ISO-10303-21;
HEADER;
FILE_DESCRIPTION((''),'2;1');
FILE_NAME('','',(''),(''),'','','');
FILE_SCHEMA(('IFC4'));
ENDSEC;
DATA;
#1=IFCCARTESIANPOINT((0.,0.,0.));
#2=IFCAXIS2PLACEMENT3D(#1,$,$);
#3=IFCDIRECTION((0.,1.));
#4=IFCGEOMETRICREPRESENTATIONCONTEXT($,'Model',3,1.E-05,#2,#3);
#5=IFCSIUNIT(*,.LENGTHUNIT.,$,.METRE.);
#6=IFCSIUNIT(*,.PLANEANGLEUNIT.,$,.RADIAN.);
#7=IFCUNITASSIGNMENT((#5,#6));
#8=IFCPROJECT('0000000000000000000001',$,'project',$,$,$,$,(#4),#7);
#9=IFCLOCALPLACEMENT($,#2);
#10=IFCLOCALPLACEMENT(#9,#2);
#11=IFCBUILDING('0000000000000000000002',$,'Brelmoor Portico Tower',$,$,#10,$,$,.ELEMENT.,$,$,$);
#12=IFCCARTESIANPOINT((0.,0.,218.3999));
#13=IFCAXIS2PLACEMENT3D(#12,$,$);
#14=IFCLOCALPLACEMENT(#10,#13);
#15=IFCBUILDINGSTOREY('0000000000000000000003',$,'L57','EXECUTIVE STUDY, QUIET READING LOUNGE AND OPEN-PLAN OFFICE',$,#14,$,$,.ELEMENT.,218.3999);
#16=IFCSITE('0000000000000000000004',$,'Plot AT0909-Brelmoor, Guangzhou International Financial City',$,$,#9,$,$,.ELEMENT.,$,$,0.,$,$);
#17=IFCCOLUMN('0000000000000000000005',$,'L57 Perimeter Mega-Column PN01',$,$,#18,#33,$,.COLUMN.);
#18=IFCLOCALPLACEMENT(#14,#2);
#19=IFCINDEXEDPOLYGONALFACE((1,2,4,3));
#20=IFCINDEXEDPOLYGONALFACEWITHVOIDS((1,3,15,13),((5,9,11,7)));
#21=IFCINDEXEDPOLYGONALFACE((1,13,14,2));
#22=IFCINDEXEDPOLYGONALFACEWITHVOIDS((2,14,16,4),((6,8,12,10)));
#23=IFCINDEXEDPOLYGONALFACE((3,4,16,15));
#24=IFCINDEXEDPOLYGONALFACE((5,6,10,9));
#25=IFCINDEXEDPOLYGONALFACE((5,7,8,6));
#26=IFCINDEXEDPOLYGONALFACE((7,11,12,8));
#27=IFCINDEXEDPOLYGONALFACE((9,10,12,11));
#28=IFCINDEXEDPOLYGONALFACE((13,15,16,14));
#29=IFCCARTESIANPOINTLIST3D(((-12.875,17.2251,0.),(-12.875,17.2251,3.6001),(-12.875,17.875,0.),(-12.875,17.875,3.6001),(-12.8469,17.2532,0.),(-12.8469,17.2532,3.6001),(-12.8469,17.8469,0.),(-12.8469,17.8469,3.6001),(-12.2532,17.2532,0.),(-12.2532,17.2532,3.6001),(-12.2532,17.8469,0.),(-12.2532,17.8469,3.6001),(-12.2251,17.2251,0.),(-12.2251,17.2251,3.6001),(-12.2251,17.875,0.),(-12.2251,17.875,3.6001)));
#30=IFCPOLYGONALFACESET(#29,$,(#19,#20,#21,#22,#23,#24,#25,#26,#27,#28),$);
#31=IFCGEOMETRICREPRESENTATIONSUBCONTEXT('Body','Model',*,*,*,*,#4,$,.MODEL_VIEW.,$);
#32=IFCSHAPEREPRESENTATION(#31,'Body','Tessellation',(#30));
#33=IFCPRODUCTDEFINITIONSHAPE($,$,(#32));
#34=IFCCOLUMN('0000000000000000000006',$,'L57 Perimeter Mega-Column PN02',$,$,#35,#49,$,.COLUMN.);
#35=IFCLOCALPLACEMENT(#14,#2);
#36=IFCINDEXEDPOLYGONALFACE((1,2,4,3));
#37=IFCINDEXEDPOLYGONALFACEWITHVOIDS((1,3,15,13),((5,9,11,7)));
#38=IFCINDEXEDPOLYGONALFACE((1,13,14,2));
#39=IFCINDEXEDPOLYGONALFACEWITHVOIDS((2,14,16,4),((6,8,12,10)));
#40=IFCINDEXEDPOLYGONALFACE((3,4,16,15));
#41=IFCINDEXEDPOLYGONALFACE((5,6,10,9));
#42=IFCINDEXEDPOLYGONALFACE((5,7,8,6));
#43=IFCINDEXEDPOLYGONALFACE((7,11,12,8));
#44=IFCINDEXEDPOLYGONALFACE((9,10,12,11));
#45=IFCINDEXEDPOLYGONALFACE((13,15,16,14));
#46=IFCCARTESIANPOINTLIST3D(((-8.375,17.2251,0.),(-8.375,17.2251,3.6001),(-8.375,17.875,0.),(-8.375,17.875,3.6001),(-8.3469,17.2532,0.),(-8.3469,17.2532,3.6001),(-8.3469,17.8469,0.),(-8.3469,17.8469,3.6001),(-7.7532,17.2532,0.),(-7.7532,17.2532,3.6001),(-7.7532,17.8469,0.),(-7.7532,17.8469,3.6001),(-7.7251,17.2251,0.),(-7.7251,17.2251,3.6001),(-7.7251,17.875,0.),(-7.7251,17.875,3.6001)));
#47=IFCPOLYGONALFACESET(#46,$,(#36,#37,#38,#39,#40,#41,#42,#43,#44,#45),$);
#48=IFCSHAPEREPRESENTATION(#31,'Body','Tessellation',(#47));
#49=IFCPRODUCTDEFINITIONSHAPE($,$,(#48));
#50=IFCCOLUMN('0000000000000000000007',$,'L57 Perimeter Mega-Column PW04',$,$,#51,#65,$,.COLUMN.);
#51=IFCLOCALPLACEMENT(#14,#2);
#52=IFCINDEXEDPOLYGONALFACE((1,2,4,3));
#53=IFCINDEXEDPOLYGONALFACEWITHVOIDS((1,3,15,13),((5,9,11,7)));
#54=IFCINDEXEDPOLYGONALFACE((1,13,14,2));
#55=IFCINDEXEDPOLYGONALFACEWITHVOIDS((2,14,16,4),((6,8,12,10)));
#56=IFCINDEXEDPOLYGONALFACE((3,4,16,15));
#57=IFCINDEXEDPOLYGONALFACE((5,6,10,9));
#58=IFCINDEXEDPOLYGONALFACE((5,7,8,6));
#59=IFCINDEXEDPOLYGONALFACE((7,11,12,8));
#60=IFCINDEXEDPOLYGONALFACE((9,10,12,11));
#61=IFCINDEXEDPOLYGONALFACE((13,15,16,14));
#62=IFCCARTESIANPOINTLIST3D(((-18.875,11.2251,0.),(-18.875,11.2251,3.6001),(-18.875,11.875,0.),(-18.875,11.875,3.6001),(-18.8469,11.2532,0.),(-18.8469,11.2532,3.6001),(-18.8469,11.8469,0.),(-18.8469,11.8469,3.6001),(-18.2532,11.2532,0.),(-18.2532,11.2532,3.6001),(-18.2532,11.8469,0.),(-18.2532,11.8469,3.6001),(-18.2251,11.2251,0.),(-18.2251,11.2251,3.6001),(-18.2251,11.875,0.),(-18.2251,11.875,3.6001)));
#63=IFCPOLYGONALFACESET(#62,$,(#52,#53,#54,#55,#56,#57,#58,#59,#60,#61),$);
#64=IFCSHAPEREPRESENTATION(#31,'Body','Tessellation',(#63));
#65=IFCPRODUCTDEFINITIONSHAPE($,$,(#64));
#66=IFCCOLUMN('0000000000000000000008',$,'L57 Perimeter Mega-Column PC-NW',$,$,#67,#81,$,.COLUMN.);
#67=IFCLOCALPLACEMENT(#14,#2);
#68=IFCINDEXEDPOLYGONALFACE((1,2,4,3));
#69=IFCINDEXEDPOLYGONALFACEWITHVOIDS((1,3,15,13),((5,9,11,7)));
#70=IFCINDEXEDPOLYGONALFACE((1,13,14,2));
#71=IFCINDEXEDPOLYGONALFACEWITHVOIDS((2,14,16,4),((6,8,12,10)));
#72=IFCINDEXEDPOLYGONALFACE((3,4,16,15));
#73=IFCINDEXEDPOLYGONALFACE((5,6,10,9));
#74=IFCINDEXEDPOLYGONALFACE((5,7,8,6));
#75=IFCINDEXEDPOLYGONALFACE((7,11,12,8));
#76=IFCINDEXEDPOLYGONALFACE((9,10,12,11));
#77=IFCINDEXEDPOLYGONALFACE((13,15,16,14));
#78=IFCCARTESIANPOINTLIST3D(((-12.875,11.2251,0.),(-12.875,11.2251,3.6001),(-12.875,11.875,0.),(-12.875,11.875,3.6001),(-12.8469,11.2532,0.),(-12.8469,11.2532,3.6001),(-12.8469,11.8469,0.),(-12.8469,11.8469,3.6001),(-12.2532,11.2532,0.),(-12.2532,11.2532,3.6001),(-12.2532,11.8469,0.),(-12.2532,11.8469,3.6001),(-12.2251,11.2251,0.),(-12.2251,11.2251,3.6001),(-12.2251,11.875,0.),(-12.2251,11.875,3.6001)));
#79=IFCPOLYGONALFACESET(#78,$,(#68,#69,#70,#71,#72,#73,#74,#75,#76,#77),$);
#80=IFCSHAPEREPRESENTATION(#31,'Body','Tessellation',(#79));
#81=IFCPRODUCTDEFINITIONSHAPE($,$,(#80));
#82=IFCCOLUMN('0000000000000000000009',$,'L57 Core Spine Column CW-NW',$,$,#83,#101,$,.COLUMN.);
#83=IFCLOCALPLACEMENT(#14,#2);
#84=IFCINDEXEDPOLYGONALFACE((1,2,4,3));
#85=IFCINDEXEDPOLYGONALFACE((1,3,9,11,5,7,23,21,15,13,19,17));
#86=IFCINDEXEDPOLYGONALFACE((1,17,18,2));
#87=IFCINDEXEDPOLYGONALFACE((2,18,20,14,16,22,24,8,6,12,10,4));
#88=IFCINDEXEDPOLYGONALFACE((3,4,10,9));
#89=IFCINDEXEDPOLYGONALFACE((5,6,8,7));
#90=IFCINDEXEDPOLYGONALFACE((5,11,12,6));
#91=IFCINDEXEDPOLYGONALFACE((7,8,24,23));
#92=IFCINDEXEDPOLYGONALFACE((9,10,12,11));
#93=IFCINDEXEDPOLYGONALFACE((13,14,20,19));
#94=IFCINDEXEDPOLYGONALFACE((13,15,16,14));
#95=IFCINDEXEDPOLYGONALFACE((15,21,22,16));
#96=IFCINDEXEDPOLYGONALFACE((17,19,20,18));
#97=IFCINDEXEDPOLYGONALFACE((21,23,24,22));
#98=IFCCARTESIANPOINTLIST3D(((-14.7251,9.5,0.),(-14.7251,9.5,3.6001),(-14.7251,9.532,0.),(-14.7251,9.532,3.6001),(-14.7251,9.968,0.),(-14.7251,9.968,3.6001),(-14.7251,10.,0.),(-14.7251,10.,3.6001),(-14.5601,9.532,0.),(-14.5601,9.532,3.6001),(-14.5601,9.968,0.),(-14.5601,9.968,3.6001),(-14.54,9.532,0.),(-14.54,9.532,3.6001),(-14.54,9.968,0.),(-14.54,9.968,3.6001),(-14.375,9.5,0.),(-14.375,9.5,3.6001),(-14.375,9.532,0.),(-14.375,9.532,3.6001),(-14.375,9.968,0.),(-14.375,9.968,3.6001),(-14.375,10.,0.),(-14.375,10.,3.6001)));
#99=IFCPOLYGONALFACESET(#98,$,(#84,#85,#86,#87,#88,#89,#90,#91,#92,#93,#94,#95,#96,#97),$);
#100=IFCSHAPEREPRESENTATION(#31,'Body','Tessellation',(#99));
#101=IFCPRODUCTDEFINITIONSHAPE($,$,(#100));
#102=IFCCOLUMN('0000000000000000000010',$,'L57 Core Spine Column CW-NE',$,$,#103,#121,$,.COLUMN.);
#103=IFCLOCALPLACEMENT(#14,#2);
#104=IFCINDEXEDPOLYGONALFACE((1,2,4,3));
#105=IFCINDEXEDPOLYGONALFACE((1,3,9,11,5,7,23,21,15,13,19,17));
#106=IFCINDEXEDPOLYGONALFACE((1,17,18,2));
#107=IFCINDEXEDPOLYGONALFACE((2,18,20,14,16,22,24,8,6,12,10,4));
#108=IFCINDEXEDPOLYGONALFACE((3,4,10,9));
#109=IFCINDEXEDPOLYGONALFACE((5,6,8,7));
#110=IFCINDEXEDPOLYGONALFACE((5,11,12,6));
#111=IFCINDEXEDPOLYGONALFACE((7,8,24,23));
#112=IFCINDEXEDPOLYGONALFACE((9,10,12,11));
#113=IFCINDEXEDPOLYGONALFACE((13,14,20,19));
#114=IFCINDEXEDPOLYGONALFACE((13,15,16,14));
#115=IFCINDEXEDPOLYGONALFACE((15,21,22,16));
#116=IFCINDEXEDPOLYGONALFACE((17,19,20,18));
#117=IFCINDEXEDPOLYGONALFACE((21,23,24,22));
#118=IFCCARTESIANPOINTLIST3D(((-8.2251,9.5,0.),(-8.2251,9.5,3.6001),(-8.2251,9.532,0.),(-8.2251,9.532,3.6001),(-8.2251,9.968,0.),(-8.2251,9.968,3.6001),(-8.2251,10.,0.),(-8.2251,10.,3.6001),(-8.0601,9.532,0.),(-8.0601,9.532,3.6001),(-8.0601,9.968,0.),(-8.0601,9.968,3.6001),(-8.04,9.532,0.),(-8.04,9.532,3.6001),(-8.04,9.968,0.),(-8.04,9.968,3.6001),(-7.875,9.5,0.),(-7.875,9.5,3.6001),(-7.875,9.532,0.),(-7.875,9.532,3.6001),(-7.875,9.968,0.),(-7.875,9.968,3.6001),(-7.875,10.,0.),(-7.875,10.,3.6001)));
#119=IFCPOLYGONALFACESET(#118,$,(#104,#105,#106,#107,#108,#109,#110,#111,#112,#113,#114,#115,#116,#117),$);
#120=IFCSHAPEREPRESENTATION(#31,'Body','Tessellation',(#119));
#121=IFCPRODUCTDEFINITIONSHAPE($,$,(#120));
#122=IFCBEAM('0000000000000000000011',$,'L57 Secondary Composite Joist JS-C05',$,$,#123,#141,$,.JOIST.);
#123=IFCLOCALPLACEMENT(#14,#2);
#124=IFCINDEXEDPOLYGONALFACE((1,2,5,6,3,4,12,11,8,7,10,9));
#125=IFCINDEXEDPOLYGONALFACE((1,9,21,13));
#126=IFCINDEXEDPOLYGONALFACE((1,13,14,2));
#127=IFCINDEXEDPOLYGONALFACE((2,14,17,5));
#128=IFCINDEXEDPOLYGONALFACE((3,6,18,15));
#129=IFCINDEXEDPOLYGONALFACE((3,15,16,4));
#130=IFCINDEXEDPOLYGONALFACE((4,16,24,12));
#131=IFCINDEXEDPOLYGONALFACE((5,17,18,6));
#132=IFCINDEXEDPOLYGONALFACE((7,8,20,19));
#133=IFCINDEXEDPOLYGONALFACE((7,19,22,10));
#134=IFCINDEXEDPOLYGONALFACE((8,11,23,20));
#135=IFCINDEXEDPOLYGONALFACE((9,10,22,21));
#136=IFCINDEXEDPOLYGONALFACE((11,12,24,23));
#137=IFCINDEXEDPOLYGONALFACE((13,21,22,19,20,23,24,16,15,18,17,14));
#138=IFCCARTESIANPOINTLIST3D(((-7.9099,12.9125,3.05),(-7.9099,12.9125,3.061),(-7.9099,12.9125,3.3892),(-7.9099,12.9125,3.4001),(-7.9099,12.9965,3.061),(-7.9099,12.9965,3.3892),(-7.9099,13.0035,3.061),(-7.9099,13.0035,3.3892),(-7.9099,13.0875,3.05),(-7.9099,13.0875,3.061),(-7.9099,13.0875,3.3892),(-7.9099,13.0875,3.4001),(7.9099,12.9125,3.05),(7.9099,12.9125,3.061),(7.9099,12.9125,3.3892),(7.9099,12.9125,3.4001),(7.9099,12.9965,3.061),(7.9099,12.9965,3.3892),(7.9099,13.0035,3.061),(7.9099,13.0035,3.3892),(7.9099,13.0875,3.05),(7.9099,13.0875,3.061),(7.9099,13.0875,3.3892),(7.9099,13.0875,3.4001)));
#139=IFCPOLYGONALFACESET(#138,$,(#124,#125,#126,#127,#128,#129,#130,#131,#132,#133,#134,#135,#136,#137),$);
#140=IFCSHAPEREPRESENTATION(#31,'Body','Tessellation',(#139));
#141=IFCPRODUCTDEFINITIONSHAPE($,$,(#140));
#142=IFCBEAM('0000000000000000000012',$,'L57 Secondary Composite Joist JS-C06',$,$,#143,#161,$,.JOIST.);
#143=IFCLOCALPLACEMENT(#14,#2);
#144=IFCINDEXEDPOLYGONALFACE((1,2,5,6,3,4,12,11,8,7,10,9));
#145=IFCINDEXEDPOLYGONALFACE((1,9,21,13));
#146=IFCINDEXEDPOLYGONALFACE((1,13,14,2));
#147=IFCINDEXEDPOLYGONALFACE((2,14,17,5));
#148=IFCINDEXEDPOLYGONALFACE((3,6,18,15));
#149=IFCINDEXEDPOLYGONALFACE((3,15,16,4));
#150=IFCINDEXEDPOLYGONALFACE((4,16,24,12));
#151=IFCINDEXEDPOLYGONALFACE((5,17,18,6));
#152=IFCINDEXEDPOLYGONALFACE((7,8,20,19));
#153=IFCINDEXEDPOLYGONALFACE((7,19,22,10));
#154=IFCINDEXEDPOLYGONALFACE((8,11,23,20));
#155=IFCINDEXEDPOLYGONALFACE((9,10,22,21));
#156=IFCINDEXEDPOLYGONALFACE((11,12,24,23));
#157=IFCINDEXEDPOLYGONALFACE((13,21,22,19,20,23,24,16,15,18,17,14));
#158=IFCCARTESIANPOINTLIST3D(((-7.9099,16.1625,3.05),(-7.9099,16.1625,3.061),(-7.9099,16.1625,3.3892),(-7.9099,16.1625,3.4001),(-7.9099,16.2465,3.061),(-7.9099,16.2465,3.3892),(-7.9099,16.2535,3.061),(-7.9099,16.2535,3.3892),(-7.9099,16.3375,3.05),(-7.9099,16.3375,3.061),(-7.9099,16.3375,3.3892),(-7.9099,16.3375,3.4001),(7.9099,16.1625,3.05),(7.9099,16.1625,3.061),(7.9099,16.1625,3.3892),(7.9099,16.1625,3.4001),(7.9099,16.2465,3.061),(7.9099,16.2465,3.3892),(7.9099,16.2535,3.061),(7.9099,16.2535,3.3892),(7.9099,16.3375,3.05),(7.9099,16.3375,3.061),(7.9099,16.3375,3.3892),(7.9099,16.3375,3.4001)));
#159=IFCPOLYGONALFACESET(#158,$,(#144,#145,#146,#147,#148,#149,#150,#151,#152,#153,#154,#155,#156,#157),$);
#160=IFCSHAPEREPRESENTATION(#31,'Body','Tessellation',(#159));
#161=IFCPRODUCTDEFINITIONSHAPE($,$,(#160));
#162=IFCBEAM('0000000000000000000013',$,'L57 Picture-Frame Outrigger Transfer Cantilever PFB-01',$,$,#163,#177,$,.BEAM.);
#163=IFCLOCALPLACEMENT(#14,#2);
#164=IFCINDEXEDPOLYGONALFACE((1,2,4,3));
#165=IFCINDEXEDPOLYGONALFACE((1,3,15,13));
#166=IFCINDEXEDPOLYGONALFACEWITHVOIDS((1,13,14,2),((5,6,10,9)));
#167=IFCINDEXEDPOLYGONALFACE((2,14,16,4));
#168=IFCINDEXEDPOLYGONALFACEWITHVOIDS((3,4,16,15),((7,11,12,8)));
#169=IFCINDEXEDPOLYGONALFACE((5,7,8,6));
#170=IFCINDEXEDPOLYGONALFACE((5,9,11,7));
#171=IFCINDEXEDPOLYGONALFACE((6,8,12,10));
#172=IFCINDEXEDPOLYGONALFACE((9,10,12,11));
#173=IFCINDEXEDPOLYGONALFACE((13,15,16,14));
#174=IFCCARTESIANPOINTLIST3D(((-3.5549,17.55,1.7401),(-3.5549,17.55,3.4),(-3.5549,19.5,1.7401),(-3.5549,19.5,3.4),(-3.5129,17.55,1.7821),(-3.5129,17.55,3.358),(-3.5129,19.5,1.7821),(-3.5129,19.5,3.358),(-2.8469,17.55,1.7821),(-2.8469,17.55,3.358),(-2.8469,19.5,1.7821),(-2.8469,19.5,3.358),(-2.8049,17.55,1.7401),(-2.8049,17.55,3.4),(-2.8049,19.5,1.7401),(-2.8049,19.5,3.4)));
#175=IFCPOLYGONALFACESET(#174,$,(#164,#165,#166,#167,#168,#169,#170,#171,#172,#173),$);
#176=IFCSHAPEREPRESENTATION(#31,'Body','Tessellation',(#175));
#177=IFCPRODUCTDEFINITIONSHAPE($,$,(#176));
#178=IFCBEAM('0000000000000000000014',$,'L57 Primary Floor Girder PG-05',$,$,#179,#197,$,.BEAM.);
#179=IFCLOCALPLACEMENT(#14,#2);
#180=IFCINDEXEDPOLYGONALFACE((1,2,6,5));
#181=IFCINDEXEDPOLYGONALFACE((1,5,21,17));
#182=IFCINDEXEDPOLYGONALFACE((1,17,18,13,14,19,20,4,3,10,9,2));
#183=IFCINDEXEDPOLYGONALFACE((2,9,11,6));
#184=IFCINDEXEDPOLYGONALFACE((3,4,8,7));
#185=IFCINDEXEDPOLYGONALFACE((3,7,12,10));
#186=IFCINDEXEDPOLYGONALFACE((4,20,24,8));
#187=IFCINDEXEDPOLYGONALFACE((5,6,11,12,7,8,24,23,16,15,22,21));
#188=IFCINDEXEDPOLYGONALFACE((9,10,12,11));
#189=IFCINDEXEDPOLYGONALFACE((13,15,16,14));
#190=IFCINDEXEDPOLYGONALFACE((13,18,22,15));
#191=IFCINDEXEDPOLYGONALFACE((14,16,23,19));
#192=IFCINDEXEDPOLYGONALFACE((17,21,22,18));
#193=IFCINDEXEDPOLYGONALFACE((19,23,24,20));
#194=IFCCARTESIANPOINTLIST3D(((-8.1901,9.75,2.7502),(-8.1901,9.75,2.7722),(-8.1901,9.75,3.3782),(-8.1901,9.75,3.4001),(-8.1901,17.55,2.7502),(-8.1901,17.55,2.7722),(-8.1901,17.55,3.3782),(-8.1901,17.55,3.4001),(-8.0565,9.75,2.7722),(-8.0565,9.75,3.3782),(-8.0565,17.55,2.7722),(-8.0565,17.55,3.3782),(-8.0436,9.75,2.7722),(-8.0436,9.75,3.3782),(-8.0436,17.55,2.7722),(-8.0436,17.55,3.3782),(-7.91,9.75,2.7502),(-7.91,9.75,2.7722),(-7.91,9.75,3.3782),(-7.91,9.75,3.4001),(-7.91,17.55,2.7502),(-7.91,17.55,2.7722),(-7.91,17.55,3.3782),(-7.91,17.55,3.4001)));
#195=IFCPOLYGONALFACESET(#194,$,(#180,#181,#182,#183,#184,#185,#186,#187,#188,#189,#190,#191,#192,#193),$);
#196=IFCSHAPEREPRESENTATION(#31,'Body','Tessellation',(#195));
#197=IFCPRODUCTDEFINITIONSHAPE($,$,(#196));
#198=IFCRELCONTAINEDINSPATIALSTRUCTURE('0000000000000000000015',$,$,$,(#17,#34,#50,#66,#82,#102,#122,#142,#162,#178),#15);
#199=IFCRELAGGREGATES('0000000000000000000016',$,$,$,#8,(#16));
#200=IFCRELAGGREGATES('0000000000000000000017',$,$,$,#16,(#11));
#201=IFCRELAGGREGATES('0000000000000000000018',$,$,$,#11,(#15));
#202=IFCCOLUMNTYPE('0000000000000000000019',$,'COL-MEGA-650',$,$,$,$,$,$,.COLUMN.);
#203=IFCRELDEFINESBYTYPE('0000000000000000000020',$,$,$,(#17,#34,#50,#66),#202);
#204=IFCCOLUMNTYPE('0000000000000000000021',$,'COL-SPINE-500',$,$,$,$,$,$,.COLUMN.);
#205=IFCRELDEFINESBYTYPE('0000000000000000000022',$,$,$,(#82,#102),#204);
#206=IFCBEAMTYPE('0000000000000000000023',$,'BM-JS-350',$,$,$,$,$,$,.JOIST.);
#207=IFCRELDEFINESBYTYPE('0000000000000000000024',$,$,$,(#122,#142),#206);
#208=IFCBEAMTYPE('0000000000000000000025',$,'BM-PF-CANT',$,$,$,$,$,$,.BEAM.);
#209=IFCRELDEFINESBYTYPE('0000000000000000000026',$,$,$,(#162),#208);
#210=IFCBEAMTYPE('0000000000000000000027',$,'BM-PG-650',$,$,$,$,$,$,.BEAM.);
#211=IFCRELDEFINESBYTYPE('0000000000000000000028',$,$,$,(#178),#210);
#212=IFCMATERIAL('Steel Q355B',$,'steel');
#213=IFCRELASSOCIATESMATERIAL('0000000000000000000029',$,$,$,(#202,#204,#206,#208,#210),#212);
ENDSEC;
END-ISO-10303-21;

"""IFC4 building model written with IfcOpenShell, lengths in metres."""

from ifc_helpers import new_model, si_unit, direction, frame, origin, origin_2d, place, context, subcontext, project, spatial, hollow_rectangle, i_section, extrude, material, material_profile, profile_set, type_object, element, save


model = new_model("IFC4")

# Units and contexts
model_context = context("Model", 3, precision=1e-05, world=origin(), true_north=direction((0.0, 1.0)))
body_context = subcontext(model_context, "Body", "Model", "MODEL_VIEW")
ifc_project = project(units=[si_unit("LENGTHUNIT", "METRE"), si_unit("PLANEANGLEUNIT", "RADIAN")], contexts=[model_context])

# Site, building, storey
site_placement = place(None, origin())
site = spatial("IfcSite", under=ifc_project, at=site_placement, Name="Plot AT0909-Brelmoor, Guangzhou International Financial City", CompositionType="ELEMENT", RefElevation=0.0)
building_placement = place(site_placement, origin())
building = spatial("IfcBuilding", under=site, at=building_placement, Name="Brelmoor Portico Tower", CompositionType="ELEMENT")
storey_placement = place(building_placement, frame((0.0, 0.0, 218.3999)))
storey = spatial("IfcBuildingStorey", under=building, at=storey_placement, Name="L57", Description="EXECUTIVE STUDY, QUIET READING LOUNGE AND OPEN-PLAN OFFICE", CompositionType="ELEMENT", Elevation=218.3999)

# Columns
ifc_material_1 = material(Name="Steel Q355B", Category="steel")
ifc_material_profile_1 = material_profile(ifc_material_1, hollow_rectangle(XDim=0.6499, YDim=0.6499, WallThickness=0.0281, at=origin_2d()), Name="BOX 650x650x28")
ifc_profile_set_1 = profile_set([ifc_material_profile_1], Name="Steel Q355B")
column_type_1 = type_object("IfcColumnType", Name="COL-MEGA-650", PredefinedType="COLUMN", material=ifc_profile_set_1)
for number, where, z_axis, x_axis, name in (
    (1, (-12.55, 17.55, 0.0), (0.0, 0.0, 1.0), (1.0, 0.0, 0.0), "L57 Perimeter Mega-Column PN01"),
    (2, (-8.05, 17.55, 0.0), (0.0, 0.0, 1.0), (1.0, 0.0, 0.0), "L57 Perimeter Mega-Column PN02"),
    (3, (-18.55, 11.55, 0.0), (0.0, 0.0, 1.0), (0.0, 1.0, 0.0), "L57 Perimeter Mega-Column PW04"),
    (4, (-12.55, 11.55, 0.0), (0.0, 0.0, 1.0), (1.0, 0.0, 0.0), "L57 Perimeter Mega-Column PC-NW"),
):
    element("IfcColumn", number, at=place(storey_placement, frame(where, z_axis=z_axis, x_axis=x_axis)), inside=storey, type_object=column_type_1, Name=name, PredefinedType="COLUMN", context=body_context, shape_type="SweptSolid", body=[
        extrude(hollow_rectangle(XDim=0.6499, YDim=0.6499, WallThickness=0.0281, at=origin_2d()), origin(), (0.0, 0.0, 1.0), 3.6001),
    ])
ifc_material_profile_2 = material_profile(ifc_material_1, i_section(OverallWidth=0.3501, OverallDepth=0.5, WebThickness=0.02, FlangeThickness=0.032, at=origin_2d()), Name="HW 500x350x20x32")
ifc_profile_set_2 = profile_set([ifc_material_profile_2], Name="Steel Q355B")
column_type_2 = type_object("IfcColumnType", Name="COL-SPINE-500", PredefinedType="COLUMN", material=ifc_profile_set_2)
for number, where, z_axis, x_axis, name in (
    (5, (-14.55, 9.75, 0.0), (0.0, 0.0, 1.0), (1.0, 0.0, 0.0), "L57 Core Spine Column CW-NW"),
    (6, (-8.05, 9.75, 0.0), (0.0, 0.0, 1.0), (1.0, 0.0, 0.0), "L57 Core Spine Column CW-NE"),
):
    element("IfcColumn", number, at=place(storey_placement, frame(where, z_axis=z_axis, x_axis=x_axis)), inside=storey, type_object=column_type_2, Name=name, PredefinedType="COLUMN", context=body_context, shape_type="SweptSolid", body=[
        extrude(i_section(OverallWidth=0.3501, OverallDepth=0.5, WebThickness=0.02, FlangeThickness=0.032, at=origin_2d()), origin(), (0.0, 0.0, 1.0), 3.6001),
    ])

# Beams
ifc_material_profile_3 = material_profile(ifc_material_1, i_section(OverallWidth=0.175, OverallDepth=0.3501, WebThickness=0.0071, FlangeThickness=0.011, at=origin_2d()), Name="HN 350x175x7x11")
ifc_profile_set_3 = profile_set([ifc_material_profile_3], Name="Steel Q355B")
beam_type_1 = type_object("IfcBeamType", Name="BM-JS-350", PredefinedType="JOIST", material=ifc_profile_set_3)
for number, where, z_axis, x_axis, name in (
    (7, (-7.9099, 13.0, 3.2251), (1.0, 0.0, 0.0), (0.0, 1.0, 0.0), "L57 Secondary Composite Joist JS-C05"),
    (8, (-7.9099, 16.25, 3.2251), (1.0, 0.0, 0.0), (0.0, 1.0, 0.0), "L57 Secondary Composite Joist JS-C06"),
):
    element("IfcBeam", number, at=place(storey_placement, frame(where, z_axis=z_axis, x_axis=x_axis)), inside=storey, type_object=beam_type_1, Name=name, PredefinedType="JOIST", context=body_context, shape_type="SweptSolid", body=[
        extrude(i_section(OverallWidth=0.175, OverallDepth=0.3501, WebThickness=0.0071, FlangeThickness=0.011, at=origin_2d()), origin(), (0.0, 0.0, 1.0), 15.8198),
    ])
ifc_material_profile_4 = material_profile(ifc_material_1, hollow_rectangle(XDim=0.75, YDim=1.6599, WallThickness=0.042, at=origin_2d()), Name="BOX 750x1660x42")
ifc_profile_set_4 = profile_set([ifc_material_profile_4], Name="Steel Q355B")
beam_type_2 = type_object("IfcBeamType", Name="BM-PF-CANT", PredefinedType="BEAM", material=ifc_profile_set_4)
beam_1_placement = place(storey_placement, frame((-3.1799, 17.55, 2.5701), z_axis=(0.0, 1.0, 0.0), x_axis=(-1.0, 0.0, 0.0)))
element("IfcBeam", 9, at=beam_1_placement, inside=storey, type_object=beam_type_2, Name="L57 Picture-Frame Outrigger Transfer Cantilever PFB-01", PredefinedType="BEAM", context=body_context, shape_type="SweptSolid", body=[
    extrude(hollow_rectangle(XDim=0.75, YDim=1.6599, WallThickness=0.042, at=origin_2d()), origin(), (0.0, 0.0, 1.0), 1.95),
])
ifc_material_profile_5 = material_profile(ifc_material_1, i_section(OverallWidth=0.28, OverallDepth=0.6499, WebThickness=0.0129, FlangeThickness=0.022, at=origin_2d()), Name="HN 650x280x13x22")
ifc_profile_set_5 = profile_set([ifc_material_profile_5], Name="Steel Q355B")
beam_type_3 = type_object("IfcBeamType", Name="BM-PG-650", PredefinedType="BEAM", material=ifc_profile_set_5)
beam_2_placement = place(storey_placement, frame((-8.05, 9.75, 3.0752), z_axis=(0.0, 1.0, 0.0), x_axis=(-1.0, 0.0, 0.0)))
element("IfcBeam", 10, at=beam_2_placement, inside=storey, type_object=beam_type_3, Name="L57 Primary Floor Girder PG-05", PredefinedType="BEAM", context=body_context, shape_type="SweptSolid", body=[
    extrude(i_section(OverallWidth=0.28, OverallDepth=0.6499, WebThickness=0.0129, FlangeThickness=0.022, at=origin_2d()), origin(), (0.0, 0.0, 1.0), 7.8),
])

save(model, "model.ifc")
